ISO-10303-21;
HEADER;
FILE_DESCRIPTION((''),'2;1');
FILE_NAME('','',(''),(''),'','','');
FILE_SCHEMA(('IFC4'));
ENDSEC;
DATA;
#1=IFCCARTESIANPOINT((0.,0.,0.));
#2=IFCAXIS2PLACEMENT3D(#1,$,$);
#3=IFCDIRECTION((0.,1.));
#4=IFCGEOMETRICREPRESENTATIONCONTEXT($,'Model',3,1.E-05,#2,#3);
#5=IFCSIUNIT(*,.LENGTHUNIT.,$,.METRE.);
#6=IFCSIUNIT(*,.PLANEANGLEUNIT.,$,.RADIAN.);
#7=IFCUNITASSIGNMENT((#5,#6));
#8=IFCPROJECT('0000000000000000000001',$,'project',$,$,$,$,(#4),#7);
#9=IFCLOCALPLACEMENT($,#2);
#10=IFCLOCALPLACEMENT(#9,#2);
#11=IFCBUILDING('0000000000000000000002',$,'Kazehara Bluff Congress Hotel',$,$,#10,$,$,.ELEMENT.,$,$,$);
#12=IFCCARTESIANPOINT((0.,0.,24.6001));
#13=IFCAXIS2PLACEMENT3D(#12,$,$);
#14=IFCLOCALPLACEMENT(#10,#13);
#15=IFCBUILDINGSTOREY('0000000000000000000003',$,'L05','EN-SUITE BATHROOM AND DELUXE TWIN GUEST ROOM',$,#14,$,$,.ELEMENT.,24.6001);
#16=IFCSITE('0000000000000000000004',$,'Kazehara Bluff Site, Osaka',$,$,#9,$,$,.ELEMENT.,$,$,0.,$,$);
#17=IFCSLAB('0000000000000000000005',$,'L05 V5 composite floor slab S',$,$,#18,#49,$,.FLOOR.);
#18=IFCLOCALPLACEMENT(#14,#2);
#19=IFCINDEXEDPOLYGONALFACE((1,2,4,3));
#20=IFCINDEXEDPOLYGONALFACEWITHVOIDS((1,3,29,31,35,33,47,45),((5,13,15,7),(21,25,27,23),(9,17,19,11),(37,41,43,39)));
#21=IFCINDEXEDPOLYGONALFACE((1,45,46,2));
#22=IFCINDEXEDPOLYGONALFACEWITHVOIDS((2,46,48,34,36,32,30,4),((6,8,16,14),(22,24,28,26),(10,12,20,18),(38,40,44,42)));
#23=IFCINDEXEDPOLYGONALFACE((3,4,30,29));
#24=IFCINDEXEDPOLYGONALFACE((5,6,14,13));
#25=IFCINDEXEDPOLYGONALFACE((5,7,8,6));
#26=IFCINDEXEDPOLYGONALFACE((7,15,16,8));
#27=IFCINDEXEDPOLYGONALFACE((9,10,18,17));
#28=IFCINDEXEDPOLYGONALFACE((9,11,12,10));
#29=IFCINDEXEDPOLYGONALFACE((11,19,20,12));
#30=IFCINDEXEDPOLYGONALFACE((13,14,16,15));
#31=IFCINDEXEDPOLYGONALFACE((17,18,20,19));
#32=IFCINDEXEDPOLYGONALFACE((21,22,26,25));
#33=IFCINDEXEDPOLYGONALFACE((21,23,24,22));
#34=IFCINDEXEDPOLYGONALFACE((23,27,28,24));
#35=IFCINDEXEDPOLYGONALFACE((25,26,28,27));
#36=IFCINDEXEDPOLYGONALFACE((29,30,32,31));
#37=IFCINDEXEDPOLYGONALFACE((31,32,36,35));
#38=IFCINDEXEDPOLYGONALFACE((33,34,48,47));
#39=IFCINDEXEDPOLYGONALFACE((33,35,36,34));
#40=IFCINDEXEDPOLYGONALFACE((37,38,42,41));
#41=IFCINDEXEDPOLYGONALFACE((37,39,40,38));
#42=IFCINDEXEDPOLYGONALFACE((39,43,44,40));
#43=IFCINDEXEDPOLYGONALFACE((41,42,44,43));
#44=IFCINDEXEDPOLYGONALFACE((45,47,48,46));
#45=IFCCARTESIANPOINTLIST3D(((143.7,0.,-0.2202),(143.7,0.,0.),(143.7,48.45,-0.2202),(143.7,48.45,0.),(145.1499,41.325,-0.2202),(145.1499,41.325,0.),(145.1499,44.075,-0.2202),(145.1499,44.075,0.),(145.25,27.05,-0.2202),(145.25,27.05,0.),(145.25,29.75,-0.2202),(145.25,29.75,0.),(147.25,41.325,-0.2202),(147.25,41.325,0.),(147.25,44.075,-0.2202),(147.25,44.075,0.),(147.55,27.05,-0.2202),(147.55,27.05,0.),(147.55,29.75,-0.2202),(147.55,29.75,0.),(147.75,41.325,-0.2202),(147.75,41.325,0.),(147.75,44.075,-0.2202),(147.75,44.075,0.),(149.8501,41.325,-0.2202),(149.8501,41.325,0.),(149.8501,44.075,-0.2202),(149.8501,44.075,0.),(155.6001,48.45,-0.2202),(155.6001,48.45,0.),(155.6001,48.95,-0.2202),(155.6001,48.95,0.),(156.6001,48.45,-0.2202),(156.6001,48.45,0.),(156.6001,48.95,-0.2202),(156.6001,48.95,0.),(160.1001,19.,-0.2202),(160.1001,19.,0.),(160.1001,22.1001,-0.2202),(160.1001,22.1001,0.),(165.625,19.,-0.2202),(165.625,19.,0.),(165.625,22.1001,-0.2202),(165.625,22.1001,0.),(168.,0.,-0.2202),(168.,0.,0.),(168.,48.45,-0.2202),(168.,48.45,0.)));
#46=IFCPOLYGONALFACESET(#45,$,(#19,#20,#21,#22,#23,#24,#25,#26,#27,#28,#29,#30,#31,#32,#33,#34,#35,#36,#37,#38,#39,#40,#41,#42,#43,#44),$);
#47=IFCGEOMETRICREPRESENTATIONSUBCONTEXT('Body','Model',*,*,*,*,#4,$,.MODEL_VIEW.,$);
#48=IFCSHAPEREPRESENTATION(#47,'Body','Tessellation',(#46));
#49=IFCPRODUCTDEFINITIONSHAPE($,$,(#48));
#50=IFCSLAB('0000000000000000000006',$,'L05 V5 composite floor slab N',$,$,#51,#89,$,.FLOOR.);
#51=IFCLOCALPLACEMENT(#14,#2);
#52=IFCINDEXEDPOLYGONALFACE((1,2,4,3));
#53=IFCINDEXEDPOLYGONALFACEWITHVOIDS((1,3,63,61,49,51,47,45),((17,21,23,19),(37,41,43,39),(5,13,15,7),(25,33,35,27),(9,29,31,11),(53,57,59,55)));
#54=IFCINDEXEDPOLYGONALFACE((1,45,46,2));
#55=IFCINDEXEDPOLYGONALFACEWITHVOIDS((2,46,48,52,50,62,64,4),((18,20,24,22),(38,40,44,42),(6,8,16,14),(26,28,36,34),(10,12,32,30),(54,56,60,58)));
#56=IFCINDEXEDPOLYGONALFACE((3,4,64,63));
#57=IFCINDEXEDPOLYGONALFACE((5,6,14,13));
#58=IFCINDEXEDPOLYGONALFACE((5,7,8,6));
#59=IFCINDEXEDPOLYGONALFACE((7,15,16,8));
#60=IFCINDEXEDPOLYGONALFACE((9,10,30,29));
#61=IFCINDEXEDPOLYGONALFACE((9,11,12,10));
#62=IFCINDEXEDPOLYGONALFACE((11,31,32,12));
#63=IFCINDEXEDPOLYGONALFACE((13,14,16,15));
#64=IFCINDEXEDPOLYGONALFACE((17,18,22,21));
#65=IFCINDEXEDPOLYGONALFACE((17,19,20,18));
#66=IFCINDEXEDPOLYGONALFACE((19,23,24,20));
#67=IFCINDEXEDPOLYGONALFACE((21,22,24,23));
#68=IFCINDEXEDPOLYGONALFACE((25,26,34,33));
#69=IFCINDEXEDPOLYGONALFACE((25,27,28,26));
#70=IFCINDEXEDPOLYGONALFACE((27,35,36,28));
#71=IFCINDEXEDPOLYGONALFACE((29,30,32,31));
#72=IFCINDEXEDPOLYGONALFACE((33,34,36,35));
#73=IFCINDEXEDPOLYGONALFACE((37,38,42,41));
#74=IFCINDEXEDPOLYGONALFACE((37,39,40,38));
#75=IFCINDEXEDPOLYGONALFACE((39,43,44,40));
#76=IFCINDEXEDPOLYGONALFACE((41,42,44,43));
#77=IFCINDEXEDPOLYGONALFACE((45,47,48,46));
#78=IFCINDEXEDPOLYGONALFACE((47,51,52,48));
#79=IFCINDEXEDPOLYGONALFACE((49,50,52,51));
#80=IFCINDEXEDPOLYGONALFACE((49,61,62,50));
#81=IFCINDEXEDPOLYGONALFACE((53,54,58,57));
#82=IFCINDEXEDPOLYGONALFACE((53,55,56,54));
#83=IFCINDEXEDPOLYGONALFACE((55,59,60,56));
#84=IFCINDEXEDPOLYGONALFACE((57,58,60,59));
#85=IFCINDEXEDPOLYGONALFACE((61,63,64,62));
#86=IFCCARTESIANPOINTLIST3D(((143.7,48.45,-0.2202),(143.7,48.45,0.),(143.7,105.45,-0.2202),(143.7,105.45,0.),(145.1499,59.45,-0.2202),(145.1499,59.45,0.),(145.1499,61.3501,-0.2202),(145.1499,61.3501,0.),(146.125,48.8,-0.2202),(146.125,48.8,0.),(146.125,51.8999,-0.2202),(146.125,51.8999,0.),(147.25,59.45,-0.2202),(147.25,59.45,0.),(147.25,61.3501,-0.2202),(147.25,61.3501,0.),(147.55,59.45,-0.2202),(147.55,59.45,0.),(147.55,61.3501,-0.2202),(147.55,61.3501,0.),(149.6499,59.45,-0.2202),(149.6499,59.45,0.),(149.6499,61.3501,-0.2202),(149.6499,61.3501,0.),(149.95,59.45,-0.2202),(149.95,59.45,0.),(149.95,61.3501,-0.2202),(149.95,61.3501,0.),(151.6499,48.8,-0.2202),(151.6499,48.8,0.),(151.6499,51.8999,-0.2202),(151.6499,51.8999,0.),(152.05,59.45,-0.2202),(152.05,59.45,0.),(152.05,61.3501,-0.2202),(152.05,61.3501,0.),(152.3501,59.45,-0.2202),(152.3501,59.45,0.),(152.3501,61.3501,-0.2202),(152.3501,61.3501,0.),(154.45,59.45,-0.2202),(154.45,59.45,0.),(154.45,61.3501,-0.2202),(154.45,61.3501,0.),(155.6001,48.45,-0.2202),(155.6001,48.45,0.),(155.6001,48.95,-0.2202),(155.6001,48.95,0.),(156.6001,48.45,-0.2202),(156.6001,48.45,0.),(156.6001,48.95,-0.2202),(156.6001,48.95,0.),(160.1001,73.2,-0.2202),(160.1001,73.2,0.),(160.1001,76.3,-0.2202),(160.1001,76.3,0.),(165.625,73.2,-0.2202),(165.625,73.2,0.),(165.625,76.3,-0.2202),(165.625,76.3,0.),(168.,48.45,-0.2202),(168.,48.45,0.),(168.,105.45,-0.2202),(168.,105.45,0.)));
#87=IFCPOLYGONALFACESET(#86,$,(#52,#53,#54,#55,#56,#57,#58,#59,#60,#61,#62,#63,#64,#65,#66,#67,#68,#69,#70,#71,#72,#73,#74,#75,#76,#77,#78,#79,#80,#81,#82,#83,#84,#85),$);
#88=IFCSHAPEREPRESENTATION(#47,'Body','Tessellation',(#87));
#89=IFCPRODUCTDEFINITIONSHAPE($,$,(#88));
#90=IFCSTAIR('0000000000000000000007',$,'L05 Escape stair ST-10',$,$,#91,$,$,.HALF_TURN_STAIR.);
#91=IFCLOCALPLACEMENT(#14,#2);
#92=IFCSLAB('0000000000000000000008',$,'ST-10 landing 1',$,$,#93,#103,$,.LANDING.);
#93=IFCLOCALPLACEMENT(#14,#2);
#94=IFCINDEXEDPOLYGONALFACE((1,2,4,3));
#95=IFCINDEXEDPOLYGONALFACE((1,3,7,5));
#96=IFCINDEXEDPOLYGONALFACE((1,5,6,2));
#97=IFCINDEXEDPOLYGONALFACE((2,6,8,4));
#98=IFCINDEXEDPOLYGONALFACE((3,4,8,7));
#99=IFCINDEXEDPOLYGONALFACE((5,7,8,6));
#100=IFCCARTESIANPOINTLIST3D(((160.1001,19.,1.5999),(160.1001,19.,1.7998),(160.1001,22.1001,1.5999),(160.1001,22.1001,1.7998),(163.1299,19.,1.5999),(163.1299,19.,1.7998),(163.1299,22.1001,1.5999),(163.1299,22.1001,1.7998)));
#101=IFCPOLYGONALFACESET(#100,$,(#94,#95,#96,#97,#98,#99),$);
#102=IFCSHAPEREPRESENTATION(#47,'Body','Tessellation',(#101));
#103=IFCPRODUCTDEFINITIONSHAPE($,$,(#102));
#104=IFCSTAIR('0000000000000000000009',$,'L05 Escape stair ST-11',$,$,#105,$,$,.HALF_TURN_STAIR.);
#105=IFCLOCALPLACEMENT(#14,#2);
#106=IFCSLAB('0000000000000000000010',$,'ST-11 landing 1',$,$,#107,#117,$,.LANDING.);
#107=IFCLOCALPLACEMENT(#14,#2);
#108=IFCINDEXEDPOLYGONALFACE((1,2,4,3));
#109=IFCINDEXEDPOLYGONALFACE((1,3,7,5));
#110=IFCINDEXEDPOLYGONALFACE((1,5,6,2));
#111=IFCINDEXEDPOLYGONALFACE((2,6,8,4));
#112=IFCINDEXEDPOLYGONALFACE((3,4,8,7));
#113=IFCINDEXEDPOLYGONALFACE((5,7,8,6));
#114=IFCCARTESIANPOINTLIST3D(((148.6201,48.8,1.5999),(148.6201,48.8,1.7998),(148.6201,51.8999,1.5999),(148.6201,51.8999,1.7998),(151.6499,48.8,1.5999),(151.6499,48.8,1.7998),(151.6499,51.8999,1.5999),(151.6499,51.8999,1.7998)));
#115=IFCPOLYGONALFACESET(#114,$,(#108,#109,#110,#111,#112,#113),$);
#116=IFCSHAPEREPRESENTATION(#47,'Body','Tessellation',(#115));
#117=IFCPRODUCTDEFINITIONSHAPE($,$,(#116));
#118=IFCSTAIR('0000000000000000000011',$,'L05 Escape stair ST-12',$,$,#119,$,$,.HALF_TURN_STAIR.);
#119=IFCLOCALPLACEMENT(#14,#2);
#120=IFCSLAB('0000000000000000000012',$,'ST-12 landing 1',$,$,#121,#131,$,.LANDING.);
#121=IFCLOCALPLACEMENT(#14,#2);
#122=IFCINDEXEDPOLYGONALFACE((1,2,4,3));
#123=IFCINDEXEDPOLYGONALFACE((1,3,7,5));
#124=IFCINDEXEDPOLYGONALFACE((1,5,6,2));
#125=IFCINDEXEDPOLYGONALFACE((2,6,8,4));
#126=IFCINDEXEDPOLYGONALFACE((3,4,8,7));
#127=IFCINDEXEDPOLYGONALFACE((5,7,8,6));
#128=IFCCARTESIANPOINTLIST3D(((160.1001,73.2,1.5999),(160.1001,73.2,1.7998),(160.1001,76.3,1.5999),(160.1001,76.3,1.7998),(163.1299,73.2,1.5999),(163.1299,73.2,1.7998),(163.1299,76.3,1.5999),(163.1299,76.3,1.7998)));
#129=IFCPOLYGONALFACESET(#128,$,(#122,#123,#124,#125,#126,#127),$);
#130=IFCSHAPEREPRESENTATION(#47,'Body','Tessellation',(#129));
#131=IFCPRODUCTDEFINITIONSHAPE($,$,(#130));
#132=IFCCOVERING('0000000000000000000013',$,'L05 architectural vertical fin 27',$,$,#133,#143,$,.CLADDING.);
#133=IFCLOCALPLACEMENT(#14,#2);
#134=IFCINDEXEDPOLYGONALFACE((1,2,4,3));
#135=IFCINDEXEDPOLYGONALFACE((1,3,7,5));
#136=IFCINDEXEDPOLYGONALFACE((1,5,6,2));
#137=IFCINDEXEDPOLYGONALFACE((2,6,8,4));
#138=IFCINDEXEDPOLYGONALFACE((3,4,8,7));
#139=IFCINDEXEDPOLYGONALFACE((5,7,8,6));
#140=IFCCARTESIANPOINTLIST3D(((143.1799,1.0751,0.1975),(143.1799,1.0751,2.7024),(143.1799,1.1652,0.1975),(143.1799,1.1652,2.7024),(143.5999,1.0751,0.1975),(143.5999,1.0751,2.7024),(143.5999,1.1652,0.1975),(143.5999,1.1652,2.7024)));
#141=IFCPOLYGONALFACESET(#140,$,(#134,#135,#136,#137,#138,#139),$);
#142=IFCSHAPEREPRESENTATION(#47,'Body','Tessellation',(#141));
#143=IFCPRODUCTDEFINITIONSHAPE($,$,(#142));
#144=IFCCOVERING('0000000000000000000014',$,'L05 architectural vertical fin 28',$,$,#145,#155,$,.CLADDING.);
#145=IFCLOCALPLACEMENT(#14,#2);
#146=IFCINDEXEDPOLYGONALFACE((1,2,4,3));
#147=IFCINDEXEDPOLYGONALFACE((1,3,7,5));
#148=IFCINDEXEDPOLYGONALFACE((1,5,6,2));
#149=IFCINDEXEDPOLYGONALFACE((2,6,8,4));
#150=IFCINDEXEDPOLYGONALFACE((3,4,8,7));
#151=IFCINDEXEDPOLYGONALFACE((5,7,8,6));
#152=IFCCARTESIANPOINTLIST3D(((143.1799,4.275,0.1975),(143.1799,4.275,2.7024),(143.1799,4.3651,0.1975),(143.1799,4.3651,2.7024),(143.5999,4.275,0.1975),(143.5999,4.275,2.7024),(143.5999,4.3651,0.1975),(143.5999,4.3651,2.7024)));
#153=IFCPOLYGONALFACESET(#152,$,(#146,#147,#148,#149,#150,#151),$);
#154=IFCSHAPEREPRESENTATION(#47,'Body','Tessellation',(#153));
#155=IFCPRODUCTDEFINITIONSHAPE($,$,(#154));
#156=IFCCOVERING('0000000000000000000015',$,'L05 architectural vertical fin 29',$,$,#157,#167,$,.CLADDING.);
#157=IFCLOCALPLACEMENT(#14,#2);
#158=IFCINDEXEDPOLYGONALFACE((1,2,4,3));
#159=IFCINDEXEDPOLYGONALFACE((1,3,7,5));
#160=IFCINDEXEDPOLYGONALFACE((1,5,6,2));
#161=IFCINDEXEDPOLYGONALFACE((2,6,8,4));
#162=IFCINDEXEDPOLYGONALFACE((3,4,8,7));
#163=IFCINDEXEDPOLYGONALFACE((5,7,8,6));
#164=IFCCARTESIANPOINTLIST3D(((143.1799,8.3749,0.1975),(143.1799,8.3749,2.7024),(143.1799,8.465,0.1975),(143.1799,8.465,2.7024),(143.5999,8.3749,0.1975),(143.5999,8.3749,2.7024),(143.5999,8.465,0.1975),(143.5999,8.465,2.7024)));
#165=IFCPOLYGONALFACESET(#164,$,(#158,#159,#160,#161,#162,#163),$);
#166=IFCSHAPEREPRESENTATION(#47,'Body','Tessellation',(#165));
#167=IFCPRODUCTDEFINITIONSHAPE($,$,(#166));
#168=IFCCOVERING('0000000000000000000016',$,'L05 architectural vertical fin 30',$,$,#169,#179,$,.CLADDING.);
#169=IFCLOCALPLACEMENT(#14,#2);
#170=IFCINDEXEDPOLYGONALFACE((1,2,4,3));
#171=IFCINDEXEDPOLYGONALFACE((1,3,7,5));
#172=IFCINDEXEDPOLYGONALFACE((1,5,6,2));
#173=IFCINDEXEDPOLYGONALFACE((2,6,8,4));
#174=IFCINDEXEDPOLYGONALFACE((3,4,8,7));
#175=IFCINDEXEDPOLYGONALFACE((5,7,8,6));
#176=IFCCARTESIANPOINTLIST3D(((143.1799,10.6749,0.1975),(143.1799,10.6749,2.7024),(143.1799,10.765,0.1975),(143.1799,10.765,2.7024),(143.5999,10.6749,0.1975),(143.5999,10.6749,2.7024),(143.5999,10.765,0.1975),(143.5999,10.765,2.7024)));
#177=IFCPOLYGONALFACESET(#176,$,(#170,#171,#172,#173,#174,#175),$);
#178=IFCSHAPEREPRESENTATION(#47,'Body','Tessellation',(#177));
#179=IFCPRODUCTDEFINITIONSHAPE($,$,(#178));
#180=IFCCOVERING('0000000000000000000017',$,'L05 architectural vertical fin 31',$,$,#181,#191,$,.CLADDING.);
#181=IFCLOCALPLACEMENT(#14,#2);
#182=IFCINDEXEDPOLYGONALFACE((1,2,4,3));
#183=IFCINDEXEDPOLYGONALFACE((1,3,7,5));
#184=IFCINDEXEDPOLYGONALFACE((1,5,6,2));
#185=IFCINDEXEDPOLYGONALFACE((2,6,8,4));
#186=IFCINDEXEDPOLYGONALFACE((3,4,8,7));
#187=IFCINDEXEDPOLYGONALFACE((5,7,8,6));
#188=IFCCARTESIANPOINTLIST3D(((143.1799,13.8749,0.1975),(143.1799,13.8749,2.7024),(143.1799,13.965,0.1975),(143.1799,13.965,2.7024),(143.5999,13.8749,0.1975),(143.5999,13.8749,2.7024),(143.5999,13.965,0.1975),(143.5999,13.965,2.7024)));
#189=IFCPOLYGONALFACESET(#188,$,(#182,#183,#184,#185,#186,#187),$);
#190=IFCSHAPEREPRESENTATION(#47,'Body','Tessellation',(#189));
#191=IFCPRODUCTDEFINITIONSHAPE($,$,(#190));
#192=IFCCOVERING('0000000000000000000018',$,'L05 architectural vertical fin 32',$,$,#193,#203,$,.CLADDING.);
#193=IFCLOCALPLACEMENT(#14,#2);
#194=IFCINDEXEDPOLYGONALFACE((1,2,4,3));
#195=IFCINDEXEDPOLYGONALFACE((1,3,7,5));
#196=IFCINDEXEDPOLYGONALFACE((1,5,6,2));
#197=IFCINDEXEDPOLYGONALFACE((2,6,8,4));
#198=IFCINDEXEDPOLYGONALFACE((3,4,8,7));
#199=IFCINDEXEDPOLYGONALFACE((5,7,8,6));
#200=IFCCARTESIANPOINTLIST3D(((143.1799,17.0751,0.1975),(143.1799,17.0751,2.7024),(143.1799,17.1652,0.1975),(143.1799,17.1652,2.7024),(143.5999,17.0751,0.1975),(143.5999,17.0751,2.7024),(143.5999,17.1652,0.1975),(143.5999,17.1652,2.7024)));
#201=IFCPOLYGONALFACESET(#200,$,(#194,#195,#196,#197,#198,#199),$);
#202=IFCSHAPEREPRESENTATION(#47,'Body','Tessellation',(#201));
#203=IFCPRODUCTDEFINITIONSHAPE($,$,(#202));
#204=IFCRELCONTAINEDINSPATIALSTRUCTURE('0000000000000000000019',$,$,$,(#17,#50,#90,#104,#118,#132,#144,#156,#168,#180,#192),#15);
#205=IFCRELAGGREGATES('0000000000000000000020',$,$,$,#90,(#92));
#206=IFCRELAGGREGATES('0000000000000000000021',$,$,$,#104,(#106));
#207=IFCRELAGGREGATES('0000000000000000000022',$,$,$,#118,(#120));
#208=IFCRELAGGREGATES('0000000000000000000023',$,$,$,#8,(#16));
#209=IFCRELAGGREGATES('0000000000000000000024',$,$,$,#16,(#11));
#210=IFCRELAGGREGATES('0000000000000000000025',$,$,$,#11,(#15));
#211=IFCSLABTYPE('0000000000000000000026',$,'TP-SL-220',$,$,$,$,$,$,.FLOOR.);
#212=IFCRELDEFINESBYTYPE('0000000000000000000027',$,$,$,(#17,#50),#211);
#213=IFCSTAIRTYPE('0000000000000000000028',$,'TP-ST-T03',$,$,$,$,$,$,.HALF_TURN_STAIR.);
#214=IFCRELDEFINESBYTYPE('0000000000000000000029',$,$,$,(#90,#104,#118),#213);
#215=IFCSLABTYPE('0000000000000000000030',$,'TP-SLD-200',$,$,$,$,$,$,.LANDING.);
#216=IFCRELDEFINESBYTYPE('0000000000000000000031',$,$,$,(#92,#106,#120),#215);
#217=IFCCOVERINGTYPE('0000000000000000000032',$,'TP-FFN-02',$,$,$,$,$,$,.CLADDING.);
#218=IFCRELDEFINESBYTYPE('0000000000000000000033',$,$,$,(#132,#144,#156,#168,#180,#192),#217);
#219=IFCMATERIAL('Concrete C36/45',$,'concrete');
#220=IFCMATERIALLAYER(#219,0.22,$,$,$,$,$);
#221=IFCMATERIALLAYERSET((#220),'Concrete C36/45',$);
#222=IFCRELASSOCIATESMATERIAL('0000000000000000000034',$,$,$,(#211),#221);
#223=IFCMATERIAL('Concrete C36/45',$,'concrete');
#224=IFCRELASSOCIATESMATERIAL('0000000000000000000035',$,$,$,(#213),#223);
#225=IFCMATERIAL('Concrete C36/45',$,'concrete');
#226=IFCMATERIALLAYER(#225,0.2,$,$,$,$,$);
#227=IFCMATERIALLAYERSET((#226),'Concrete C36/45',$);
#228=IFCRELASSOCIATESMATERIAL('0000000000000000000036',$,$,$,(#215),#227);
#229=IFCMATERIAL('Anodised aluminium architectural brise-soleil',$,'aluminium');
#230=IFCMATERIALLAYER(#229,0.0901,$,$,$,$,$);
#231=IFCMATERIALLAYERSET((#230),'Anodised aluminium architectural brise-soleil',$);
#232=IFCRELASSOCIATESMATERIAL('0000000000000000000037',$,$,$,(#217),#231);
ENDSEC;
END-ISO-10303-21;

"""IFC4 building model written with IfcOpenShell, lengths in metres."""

from ifc_helpers import new_model, si_unit, direction, frame, origin, origin_2d, place, context, subcontext, project, spatial, polyline, rectangle, outline, extrude, material, layer, layer_set, type_object, element, aggregate, save


model = new_model("IFC4")

# Units and contexts
model_context = context("Model", 3, precision=1e-05, world=origin(), true_north=direction((0.0, 1.0)))
body_context = subcontext(model_context, "Body", "Model", "MODEL_VIEW")
ifc_project = project(units=[si_unit("LENGTHUNIT", "METRE"), si_unit("PLANEANGLEUNIT", "RADIAN")], contexts=[model_context])

# Site, building, storey
site_placement = place(None, origin())
site = spatial("IfcSite", under=ifc_project, at=site_placement, Name="Kazehara Bluff Site, Osaka", CompositionType="ELEMENT", RefElevation=0.0)
building_placement = place(site_placement, origin())
building = spatial("IfcBuilding", under=site, at=building_placement, Name="Kazehara Bluff Congress Hotel", CompositionType="ELEMENT")
storey_placement = place(building_placement, frame((0.0, 0.0, 24.6001)))
storey = spatial("IfcBuildingStorey", under=building, at=storey_placement, Name="L05", Description="EN-SUITE BATHROOM AND DELUXE TWIN GUEST ROOM", CompositionType="ELEMENT", Elevation=24.6001)

# Slabs
ifc_material_1 = material(Name="Concrete C36/45", Category="concrete")
ifc_layer_1 = layer(ifc_material_1, 0.22)
ifc_layer_set_1 = layer_set([ifc_layer_1], Name="Concrete C36/45")
slab_type_1 = type_object("IfcSlabType", Name="TP-SL-220", PredefinedType="FLOOR", material=ifc_layer_set_1)
slab_1_placement = place(storey_placement, frame((0.0, 0.0, -0.2202)))
element("IfcSlab", 1, at=slab_1_placement, inside=storey, type_object=slab_type_1, Name="L05 V5 composite floor slab S", PredefinedType="FLOOR", context=body_context, shape_type="SweptSolid", body=[
    extrude(outline(polyline([(143.7, 0.0), (143.7, 48.45), (155.6001, 48.45), (155.6001, 48.95), (156.6001, 48.95), (156.6001, 48.45), (168.0, 48.45), (168.0, 0.0), (143.7, 0.0)]), holes=[polyline([(165.625, 22.1001), (160.1001, 22.1001), (160.1001, 19.0), (165.625, 19.0), (165.625, 22.1001)]), polyline([(145.1499, 41.325), (147.25, 41.325), (147.25, 44.075), (145.1499, 44.075), (145.1499, 41.325)]), polyline([(147.75, 41.325), (149.8501, 41.325), (149.8501, 44.075), (147.75, 44.075), (147.75, 41.325)]), polyline([(145.25, 27.05), (147.55, 27.05), (147.55, 29.75), (145.25, 29.75), (145.25, 27.05)])]), origin(), (0.0, 0.0, 1.0), 0.2202),
])
slab_2_placement = place(storey_placement, frame((0.0, 0.0, -0.2202)))
element("IfcSlab", 2, at=slab_2_placement, inside=storey, type_object=slab_type_1, Name="L05 V5 composite floor slab N", PredefinedType="FLOOR", context=body_context, shape_type="SweptSolid", body=[
    extrude(outline(polyline([(168.0, 105.45), (168.0, 48.45), (156.6001, 48.45), (156.6001, 48.95), (155.6001, 48.95), (155.6001, 48.45), (143.7, 48.45), (143.7, 105.45), (168.0, 105.45)]), holes=[polyline([(146.125, 48.8), (151.6499, 48.8), (151.6499, 51.8999), (146.125, 51.8999), (146.125, 48.8)]), polyline([(165.625, 76.3), (160.1001, 76.3), (160.1001, 73.2), (165.625, 73.2), (165.625, 76.3)]), polyline([(145.1499, 59.45), (147.25, 59.45), (147.25, 61.3501), (145.1499, 61.3501), (145.1499, 59.45)]), polyline([(147.55, 59.45), (149.6499, 59.45), (149.6499, 61.3501), (147.55, 61.3501), (147.55, 59.45)]), polyline([(149.95, 59.45), (152.05, 59.45), (152.05, 61.3501), (149.95, 61.3501), (149.95, 59.45)]), polyline([(152.3501, 59.45), (154.45, 59.45), (154.45, 61.3501), (152.3501, 61.3501), (152.3501, 59.45)])]), origin(), (0.0, 0.0, 1.0), 0.2202),
])

# Stairs, slabs
ifc_material_2 = material(Name="Concrete C36/45", Category="concrete")
stair_type = type_object("IfcStairType", Name="TP-ST-T03", PredefinedType="HALF_TURN_STAIR", material=ifc_material_2)
stair_1_placement = place(storey_placement, origin())
stair_1 = element("IfcStair", 3, at=stair_1_placement, inside=storey, type_object=stair_type, Name="L05 Escape stair ST-10", PredefinedType="HALF_TURN_STAIR")
ifc_material_3 = material(Name="Concrete C36/45", Category="concrete")
ifc_layer_2 = layer(ifc_material_3, 0.2)
ifc_layer_set_2 = layer_set([ifc_layer_2], Name="Concrete C36/45")
slab_type_2 = type_object("IfcSlabType", Name="TP-SLD-200", PredefinedType="LANDING", material=ifc_layer_set_2)
slab_3_placement = place(storey_placement, frame((0.0, 0.0, 1.5999)))
slab_3 = element("IfcSlab", 4, at=slab_3_placement, type_object=slab_type_2, Name="ST-10 landing 1", PredefinedType="LANDING", context=body_context, shape_type="SweptSolid", body=[
    extrude(outline(polyline([(163.1299, 22.1001), (160.1001, 22.1001), (160.1001, 19.0), (163.1299, 19.0), (163.1299, 22.1001)])), origin(), (0.0, 0.0, 1.0), 0.2),
])
aggregate(stair_1, [slab_3])
stair_2_placement = place(storey_placement, origin())
stair_2 = element("IfcStair", 5, at=stair_2_placement, inside=storey, type_object=stair_type, Name="L05 Escape stair ST-11", PredefinedType="HALF_TURN_STAIR")
slab_4_placement = place(storey_placement, frame((0.0, 0.0, 1.5999)))
slab_4 = element("IfcSlab", 6, at=slab_4_placement, type_object=slab_type_2, Name="ST-11 landing 1", PredefinedType="LANDING", context=body_context, shape_type="SweptSolid", body=[
    extrude(outline(polyline([(148.6201, 48.8), (151.6499, 48.8), (151.6499, 51.8999), (148.6201, 51.8999), (148.6201, 48.8)])), origin(), (0.0, 0.0, 1.0), 0.2),
])
aggregate(stair_2, [slab_4])
stair_3_placement = place(storey_placement, origin())
stair_3 = element("IfcStair", 7, at=stair_3_placement, inside=storey, type_object=stair_type, Name="L05 Escape stair ST-12", PredefinedType="HALF_TURN_STAIR")
slab_5_placement = place(storey_placement, frame((0.0, 0.0, 1.5999)))
slab_5 = element("IfcSlab", 8, at=slab_5_placement, type_object=slab_type_2, Name="ST-12 landing 1", PredefinedType="LANDING", context=body_context, shape_type="SweptSolid", body=[
    extrude(outline(polyline([(163.1299, 76.3), (160.1001, 76.3), (160.1001, 73.2), (163.1299, 73.2), (163.1299, 76.3)])), origin(), (0.0, 0.0, 1.0), 0.2),
])
aggregate(stair_3, [slab_5])

# Coverings
ifc_material_4 = material(Name="Anodised aluminium architectural brise-soleil", Category="aluminium")
ifc_layer_3 = layer(ifc_material_4, 0.0901)
ifc_layer_set_3 = layer_set([ifc_layer_3], Name="Anodised aluminium architectural brise-soleil")
covering_type = type_object("IfcCoveringType", Name="TP-FFN-02", PredefinedType="CLADDING", material=ifc_layer_set_3)
for number, where, z_axis, x_axis, name in (
    (9, (143.3899, 1.1201, 0.1975), (0.0, 0.0, 1.0), (1.0, 0.0, 0.0), "L05 architectural vertical fin 27"),
    (10, (143.3899, 4.3201, 0.1975), (0.0, 0.0, 1.0), (1.0, 0.0, 0.0), "L05 architectural vertical fin 28"),
    (11, (143.3899, 8.4199, 0.1975), (0.0, 0.0, 1.0), (1.0, 0.0, 0.0), "L05 architectural vertical fin 29"),
    (12, (143.3899, 10.72, 0.1975), (0.0, 0.0, 1.0), (1.0, 0.0, 0.0), "L05 architectural vertical fin 30"),
    (13, (143.3899, 13.9199, 0.1975), (0.0, 0.0, 1.0), (1.0, 0.0, 0.0), "L05 architectural vertical fin 31"),
    (14, (143.3899, 17.1201, 0.1975), (0.0, 0.0, 1.0), (1.0, 0.0, 0.0), "L05 architectural vertical fin 32"),
):
    element("IfcCovering", number, at=place(storey_placement, frame(where, z_axis=z_axis, x_axis=x_axis)), inside=storey, type_object=covering_type, Name=name, PredefinedType="CLADDING", context=body_context, shape_type="SweptSolid", body=[
        extrude(rectangle(XDim=0.4199, YDim=0.0901, at=origin_2d()), origin(), (0.0, 0.0, 1.0), 2.5049),
    ])

save(model, "model.ifc")
